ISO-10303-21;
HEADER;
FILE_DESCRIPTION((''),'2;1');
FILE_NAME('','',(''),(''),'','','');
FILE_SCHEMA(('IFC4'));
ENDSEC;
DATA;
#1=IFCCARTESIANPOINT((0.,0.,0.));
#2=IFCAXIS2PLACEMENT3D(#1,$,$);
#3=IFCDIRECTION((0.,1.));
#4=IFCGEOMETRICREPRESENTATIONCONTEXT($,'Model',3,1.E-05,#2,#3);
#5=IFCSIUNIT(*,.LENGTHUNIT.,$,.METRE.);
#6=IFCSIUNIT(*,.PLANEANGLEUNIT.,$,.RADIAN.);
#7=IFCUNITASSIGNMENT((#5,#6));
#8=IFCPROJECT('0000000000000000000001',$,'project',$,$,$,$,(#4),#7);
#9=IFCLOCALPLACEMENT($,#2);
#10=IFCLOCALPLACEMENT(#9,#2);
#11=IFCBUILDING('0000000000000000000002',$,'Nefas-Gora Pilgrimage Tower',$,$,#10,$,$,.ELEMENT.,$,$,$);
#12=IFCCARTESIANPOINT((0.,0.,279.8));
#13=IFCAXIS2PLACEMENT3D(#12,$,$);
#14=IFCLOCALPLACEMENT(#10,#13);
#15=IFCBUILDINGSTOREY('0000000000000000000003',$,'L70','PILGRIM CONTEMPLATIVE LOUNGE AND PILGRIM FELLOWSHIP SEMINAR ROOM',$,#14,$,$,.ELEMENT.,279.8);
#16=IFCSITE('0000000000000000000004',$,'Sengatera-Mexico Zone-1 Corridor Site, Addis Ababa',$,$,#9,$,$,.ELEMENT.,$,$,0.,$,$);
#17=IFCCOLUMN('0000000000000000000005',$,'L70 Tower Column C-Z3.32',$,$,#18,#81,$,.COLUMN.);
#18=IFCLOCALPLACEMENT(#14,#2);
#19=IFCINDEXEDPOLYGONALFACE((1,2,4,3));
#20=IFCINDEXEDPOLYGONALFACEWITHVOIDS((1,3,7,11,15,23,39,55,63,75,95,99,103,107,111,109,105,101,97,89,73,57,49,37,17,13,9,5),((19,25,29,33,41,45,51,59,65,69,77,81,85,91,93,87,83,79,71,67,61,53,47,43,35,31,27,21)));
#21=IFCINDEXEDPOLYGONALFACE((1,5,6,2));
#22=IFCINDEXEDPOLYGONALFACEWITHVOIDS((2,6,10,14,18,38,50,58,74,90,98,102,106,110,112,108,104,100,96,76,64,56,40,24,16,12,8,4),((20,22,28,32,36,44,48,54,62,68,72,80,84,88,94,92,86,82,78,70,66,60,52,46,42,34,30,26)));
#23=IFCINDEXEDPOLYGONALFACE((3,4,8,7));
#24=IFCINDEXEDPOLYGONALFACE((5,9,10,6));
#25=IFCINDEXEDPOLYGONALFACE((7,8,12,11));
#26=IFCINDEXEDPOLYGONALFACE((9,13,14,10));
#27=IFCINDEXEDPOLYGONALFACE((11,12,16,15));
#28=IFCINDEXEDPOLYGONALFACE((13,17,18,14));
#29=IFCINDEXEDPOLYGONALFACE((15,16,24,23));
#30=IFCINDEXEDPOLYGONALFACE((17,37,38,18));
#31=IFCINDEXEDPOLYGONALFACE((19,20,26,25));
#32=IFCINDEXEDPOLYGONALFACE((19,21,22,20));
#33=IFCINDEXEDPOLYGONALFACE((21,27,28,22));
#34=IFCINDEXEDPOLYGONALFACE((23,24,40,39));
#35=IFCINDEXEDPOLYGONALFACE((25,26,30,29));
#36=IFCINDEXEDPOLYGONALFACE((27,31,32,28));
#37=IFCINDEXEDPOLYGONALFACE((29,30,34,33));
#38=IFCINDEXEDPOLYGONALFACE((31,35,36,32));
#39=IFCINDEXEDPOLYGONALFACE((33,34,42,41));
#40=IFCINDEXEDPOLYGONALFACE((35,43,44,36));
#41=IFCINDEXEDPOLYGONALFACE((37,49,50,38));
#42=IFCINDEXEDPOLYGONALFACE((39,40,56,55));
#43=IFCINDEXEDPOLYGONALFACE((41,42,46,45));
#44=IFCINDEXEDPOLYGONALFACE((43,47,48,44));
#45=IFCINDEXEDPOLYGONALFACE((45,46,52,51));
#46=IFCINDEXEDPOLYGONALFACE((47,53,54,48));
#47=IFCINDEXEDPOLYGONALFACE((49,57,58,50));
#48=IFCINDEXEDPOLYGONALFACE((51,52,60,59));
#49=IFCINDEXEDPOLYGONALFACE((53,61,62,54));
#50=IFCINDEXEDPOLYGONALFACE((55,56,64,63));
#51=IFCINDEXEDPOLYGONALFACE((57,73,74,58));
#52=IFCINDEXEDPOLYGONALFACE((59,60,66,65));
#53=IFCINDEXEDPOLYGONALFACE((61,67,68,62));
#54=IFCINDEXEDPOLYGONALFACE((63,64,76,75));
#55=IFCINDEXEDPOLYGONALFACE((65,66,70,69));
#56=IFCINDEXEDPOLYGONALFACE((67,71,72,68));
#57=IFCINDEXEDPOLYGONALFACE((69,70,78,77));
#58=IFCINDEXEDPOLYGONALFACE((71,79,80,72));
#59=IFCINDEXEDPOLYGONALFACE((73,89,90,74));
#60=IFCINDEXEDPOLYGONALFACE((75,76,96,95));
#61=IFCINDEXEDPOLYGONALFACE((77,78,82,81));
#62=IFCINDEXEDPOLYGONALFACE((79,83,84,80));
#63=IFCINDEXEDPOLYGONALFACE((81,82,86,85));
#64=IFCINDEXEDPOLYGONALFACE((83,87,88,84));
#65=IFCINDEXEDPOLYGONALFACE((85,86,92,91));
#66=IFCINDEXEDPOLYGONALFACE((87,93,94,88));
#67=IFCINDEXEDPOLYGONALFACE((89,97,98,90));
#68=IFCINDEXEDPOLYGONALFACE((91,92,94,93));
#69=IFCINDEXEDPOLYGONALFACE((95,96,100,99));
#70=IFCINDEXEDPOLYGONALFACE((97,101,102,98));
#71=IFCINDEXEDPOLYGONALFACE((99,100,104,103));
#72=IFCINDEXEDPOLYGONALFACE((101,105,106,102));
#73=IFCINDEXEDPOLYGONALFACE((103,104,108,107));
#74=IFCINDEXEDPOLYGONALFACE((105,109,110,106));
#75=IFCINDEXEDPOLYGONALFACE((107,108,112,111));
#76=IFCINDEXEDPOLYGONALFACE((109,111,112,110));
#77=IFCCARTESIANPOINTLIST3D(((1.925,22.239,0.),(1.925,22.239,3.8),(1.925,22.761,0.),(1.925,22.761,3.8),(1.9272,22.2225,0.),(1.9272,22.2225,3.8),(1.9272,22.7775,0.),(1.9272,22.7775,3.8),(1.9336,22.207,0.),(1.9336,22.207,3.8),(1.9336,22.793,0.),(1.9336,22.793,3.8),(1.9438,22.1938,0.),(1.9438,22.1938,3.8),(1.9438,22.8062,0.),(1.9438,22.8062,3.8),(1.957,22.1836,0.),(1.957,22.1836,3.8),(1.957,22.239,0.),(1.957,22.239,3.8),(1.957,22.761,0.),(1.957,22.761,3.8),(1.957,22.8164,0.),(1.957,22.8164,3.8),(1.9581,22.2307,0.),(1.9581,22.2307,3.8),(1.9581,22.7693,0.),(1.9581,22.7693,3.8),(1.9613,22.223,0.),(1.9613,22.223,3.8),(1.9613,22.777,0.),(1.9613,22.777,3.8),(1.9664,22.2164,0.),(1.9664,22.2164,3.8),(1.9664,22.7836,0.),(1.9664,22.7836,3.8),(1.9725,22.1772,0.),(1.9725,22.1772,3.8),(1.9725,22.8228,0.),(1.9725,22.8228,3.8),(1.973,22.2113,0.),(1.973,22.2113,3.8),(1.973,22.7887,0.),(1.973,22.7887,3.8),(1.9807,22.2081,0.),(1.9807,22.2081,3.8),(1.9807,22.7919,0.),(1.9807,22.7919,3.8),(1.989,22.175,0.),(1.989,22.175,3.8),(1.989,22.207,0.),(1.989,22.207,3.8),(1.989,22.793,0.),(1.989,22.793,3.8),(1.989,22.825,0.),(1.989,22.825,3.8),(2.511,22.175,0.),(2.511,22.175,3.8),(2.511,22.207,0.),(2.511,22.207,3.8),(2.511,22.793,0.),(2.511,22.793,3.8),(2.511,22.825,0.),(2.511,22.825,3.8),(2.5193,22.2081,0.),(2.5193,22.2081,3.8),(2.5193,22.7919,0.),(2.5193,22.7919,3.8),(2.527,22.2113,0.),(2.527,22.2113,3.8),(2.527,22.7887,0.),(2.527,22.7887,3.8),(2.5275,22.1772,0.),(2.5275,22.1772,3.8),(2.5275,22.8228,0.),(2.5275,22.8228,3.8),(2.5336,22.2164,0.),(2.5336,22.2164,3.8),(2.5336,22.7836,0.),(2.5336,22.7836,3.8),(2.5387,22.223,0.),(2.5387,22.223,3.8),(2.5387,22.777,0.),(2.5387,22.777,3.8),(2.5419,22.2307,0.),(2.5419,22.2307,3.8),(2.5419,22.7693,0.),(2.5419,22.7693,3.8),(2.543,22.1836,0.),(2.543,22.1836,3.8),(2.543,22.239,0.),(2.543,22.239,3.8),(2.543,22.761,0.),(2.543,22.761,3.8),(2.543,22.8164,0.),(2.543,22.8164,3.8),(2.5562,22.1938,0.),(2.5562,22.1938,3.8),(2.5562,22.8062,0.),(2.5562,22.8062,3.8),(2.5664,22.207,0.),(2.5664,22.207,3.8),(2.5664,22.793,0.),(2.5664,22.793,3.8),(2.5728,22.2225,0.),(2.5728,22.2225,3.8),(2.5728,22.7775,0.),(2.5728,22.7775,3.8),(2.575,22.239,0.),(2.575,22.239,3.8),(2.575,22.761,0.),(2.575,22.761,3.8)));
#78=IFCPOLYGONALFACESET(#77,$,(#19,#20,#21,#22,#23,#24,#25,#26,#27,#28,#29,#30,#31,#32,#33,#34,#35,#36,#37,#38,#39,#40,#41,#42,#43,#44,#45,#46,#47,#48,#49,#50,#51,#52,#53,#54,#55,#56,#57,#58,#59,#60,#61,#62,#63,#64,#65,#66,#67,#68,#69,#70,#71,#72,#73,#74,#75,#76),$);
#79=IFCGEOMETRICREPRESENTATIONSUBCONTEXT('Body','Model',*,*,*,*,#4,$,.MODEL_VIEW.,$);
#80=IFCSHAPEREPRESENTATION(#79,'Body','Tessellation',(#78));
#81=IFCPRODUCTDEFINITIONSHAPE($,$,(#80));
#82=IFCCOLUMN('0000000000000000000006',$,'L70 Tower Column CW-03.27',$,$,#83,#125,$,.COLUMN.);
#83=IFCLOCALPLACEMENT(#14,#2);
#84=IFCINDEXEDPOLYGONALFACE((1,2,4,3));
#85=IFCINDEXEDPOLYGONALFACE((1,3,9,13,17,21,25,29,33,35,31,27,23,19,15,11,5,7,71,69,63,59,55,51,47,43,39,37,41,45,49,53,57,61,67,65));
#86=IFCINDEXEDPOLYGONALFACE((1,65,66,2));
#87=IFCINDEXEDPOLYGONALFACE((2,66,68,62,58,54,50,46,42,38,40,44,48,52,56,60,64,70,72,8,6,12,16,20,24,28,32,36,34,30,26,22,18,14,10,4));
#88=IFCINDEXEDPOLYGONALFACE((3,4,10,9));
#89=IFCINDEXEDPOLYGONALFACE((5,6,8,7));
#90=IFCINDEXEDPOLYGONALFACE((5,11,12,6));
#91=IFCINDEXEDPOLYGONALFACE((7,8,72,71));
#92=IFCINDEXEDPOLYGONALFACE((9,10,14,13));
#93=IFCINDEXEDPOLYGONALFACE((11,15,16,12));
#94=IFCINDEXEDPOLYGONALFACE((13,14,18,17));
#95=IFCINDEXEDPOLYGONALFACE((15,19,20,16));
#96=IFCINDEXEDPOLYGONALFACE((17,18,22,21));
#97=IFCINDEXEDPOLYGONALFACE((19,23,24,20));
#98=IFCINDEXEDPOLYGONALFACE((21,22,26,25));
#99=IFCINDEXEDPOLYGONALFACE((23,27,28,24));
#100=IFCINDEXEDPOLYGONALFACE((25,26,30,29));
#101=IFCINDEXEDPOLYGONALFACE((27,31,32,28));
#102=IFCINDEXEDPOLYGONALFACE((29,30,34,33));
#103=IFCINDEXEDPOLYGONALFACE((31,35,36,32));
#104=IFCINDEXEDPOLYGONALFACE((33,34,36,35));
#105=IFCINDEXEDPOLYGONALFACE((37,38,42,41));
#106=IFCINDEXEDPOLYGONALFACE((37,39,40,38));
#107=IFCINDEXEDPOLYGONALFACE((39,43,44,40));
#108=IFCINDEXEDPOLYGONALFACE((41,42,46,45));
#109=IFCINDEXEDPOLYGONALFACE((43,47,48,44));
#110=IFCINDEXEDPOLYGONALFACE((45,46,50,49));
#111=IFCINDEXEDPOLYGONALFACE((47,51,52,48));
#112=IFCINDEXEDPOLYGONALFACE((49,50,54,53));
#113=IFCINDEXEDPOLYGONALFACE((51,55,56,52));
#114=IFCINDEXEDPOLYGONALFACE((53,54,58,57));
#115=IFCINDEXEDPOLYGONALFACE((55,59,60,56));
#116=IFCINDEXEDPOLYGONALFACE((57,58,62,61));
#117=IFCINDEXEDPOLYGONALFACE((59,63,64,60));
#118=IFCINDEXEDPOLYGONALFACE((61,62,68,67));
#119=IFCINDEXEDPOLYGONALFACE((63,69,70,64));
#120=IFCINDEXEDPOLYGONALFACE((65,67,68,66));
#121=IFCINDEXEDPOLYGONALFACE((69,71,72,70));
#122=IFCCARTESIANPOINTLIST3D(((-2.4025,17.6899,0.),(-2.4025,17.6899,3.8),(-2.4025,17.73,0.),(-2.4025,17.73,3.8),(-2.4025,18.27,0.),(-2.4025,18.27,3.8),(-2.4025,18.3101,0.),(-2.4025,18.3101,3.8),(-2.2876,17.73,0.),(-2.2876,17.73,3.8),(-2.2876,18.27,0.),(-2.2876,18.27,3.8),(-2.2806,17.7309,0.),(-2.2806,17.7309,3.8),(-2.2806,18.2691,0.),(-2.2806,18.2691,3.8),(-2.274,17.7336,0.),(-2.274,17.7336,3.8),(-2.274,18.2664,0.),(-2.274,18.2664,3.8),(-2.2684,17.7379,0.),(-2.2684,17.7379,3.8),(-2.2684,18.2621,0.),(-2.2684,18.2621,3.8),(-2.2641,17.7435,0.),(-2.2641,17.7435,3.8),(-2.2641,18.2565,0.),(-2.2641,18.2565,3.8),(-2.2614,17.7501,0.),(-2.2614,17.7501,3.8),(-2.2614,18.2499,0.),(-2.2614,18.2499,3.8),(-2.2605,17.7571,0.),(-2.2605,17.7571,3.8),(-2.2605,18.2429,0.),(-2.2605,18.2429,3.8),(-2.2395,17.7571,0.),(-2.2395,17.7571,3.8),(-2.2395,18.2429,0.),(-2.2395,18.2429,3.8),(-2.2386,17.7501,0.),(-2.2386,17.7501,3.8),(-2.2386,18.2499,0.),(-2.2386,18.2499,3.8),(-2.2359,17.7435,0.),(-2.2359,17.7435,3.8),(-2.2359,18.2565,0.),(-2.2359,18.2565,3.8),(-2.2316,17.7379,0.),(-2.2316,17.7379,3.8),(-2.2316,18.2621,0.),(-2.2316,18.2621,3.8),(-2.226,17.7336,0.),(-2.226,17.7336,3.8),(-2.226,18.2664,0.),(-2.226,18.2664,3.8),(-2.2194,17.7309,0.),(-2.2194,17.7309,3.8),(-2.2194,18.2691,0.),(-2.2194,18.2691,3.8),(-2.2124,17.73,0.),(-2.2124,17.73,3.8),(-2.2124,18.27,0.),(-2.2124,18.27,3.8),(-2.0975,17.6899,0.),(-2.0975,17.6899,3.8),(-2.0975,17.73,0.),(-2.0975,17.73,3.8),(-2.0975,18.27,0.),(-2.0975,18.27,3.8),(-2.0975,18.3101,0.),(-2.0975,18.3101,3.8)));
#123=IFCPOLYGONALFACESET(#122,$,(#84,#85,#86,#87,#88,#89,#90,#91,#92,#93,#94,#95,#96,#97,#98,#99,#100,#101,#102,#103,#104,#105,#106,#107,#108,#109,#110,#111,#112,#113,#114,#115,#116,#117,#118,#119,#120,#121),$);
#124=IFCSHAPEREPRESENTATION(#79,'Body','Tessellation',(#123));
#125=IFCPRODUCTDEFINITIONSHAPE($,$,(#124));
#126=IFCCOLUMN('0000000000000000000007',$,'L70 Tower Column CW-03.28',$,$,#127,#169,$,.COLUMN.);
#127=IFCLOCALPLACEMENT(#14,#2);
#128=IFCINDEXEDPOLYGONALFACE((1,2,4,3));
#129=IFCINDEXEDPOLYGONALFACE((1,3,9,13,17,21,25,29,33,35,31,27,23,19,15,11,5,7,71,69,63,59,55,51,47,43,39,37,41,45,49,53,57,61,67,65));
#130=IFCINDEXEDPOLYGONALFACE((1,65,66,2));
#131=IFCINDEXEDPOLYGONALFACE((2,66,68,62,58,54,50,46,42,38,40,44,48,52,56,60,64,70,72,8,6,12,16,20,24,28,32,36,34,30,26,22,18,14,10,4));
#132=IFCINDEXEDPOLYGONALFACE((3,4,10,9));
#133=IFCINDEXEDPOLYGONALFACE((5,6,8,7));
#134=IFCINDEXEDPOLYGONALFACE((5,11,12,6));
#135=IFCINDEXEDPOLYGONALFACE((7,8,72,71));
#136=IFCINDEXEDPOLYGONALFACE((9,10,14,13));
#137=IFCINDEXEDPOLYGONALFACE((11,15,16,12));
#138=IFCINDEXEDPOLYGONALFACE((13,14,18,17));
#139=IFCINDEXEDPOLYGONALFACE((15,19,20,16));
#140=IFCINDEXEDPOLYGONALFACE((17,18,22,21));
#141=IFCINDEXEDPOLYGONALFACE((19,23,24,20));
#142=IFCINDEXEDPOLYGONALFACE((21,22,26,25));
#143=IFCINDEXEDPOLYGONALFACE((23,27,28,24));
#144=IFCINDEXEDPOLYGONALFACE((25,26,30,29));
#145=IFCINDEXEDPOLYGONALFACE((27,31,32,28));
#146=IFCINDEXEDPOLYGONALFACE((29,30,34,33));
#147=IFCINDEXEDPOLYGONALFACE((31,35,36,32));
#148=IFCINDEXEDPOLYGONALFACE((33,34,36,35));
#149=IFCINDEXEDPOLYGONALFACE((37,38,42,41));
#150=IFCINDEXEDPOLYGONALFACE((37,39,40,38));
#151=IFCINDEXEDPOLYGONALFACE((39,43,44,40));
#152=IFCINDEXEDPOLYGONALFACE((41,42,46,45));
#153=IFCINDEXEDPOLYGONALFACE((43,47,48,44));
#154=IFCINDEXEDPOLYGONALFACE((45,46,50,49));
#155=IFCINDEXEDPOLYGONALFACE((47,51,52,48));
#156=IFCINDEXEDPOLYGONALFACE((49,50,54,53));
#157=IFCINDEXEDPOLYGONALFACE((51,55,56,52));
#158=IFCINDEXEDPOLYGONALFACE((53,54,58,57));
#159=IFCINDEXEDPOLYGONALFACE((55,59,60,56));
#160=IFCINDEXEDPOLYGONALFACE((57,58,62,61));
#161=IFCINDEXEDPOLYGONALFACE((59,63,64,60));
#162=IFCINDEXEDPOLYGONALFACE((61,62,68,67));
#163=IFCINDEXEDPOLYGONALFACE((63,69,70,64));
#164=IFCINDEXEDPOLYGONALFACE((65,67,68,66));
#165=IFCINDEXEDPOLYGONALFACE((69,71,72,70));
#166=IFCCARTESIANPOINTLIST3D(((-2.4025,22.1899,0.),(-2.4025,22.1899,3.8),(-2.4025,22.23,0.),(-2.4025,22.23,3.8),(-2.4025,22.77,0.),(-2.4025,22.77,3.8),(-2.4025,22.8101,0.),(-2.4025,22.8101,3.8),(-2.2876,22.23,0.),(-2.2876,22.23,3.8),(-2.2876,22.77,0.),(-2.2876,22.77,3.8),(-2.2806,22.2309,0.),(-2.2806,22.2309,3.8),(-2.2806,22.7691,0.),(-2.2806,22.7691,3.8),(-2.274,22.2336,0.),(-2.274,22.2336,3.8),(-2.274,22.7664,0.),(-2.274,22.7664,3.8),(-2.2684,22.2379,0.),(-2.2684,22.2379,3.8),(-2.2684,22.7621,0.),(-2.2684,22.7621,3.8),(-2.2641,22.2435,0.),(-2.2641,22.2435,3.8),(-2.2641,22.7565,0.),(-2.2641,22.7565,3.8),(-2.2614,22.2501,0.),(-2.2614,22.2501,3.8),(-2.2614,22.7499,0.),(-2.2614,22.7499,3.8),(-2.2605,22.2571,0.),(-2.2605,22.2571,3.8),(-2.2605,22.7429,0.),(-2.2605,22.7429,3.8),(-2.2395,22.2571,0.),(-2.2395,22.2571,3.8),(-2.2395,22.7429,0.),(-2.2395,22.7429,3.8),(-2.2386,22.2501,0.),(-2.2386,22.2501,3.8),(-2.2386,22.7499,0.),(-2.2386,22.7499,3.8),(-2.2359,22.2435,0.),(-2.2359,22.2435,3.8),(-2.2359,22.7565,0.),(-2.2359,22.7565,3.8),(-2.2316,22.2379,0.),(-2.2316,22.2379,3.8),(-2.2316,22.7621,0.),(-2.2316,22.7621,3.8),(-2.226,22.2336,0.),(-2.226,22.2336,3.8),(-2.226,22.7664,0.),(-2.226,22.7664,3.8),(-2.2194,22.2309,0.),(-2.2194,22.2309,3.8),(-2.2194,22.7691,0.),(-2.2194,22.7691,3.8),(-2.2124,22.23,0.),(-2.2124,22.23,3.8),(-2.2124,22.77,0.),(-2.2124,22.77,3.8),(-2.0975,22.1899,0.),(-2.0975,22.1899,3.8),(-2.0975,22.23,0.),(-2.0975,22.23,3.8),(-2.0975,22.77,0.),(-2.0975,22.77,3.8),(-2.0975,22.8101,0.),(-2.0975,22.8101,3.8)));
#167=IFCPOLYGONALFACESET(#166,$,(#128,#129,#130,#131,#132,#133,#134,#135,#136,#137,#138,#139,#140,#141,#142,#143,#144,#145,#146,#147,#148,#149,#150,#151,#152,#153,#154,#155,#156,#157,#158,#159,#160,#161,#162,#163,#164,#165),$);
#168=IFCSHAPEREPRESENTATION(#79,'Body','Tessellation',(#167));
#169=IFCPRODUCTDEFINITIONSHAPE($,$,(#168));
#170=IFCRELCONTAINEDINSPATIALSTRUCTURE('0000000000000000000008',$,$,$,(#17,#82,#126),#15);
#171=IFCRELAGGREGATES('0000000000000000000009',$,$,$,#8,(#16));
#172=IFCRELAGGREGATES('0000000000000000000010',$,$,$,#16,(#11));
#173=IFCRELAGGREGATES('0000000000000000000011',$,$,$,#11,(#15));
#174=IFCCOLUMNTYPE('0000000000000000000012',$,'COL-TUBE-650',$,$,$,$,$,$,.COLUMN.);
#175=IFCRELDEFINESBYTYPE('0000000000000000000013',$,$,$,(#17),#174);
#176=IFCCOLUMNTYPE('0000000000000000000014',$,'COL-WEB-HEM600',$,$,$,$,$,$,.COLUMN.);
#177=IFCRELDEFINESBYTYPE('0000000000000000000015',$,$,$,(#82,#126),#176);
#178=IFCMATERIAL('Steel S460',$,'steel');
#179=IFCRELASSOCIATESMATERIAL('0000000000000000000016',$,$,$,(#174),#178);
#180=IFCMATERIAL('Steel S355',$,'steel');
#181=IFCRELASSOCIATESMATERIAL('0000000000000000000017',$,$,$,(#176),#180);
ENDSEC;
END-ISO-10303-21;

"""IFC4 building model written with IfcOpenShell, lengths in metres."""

from ifc_helpers import new_model, si_unit, direction, frame, origin, origin_2d, place, context, subcontext, project, spatial, hollow_rectangle, i_section, extrude, source, transform, mapped, material, material_profile, profile_set, type_object, element, save


model = new_model("IFC4")

# Units and contexts
model_context = context("Model", 3, precision=1e-05, world=origin(), true_north=direction((0.0, 1.0)))
body_context = subcontext(model_context, "Body", "Model", "MODEL_VIEW")
ifc_project = project(units=[si_unit("LENGTHUNIT", "METRE"), si_unit("PLANEANGLEUNIT", "RADIAN")], contexts=[model_context])

# Site, building, storey
site_placement = place(None, origin())
site = spatial("IfcSite", under=ifc_project, at=site_placement, Name="Sengatera-Mexico Zone-1 Corridor Site, Addis Ababa", CompositionType="ELEMENT", RefElevation=0.0)
building_placement = place(site_placement, origin())
building = spatial("IfcBuilding", under=site, at=building_placement, Name="Nefas-Gora Pilgrimage Tower", CompositionType="ELEMENT")
storey_placement = place(building_placement, frame((0.0, 0.0, 279.8)))
storey = spatial("IfcBuildingStorey", under=building, at=storey_placement, Name="L70", Description="PILGRIM CONTEMPLATIVE LOUNGE AND PILGRIM FELLOWSHIP SEMINAR ROOM", CompositionType="ELEMENT", Elevation=279.8)

# Columns
ifc_material_1 = material(Name="Steel S460", Category="steel")
ifc_material_profile_1 = material_profile(ifc_material_1, hollow_rectangle(XDim=0.6499, YDim=0.6499, WallThickness=0.032, InnerFilletRadius=0.032, OuterFilletRadius=0.064, at=origin_2d()), Name="BOX 650x650x32")
ifc_profile_set_1 = profile_set([ifc_material_profile_1], Name="Steel S460")
column_type_1 = type_object("IfcColumnType", Name="COL-TUBE-650", PredefinedType="COLUMN", material=ifc_profile_set_1)
shared_shape_1 = source(origin(), body_context, "Body", "SweptSolid", [
    extrude(hollow_rectangle(XDim=0.6499, YDim=0.6499, WallThickness=0.032, InnerFilletRadius=0.032, OuterFilletRadius=0.064, at=origin_2d()), origin(), (0.0, 0.0, 1.0), 3.8),
])
column_placement = place(storey_placement, frame((2.25, 22.5, 0.0), z_axis=(0.0, 0.0, 1.0), x_axis=(1.0, 0.0, 0.0)))
element("IfcColumn", 1, at=column_placement, inside=storey, type_object=column_type_1, Name="L70 Tower Column C-Z3.32", PredefinedType="COLUMN", context=body_context, shape_type="MappedRepresentation", body=[
    mapped(shared_shape_1, transform((0.0, 0.0, 0.0), x_axis=(1.0, 0.0, 0.0), y_axis=(0.0, 1.0, 0.0), z_axis=(0.0, 0.0, 1.0), scale=1.0)),
])
ifc_material_2 = material(Name="Steel S355", Category="steel")
ifc_material_profile_2 = material_profile(ifc_material_2, i_section(OverallWidth=0.3049, OverallDepth=0.6201, WebThickness=0.021, FlangeThickness=0.04, FilletRadius=0.0271, at=origin_2d()), Name="HEM 600")
ifc_profile_set_2 = profile_set([ifc_material_profile_2], Name="Steel S355")
column_type_2 = type_object("IfcColumnType", Name="COL-WEB-HEM600", PredefinedType="COLUMN", material=ifc_profile_set_2)
shared_shape_2 = source(origin(), body_context, "Body", "SweptSolid", [
    extrude(i_section(OverallWidth=0.3049, OverallDepth=0.6201, WebThickness=0.021, FlangeThickness=0.04, FilletRadius=0.0271, at=origin_2d()), origin(), (0.0, 0.0, 1.0), 3.8),
])
for number, where, z_axis, x_axis, name in (
    (2, (-2.25, 18.0, 0.0), (0.0, 0.0, 1.0), (1.0, 0.0, 0.0), "L70 Tower Column CW-03.27"),
    (3, (-2.25, 22.5, 0.0), (0.0, 0.0, 1.0), (1.0, 0.0, 0.0), "L70 Tower Column CW-03.28"),
):
    element("IfcColumn", number, at=place(storey_placement, frame(where, z_axis=z_axis, x_axis=x_axis)), inside=storey, type_object=column_type_2, Name=name, PredefinedType="COLUMN", context=body_context, shape_type="MappedRepresentation", body=[
        mapped(shared_shape_2, transform((0.0, 0.0, 0.0), x_axis=(1.0, 0.0, 0.0), y_axis=(0.0, 1.0, 0.0), z_axis=(0.0, 0.0, 1.0), scale=1.0)),
    ])

save(model, "model.ifc")
